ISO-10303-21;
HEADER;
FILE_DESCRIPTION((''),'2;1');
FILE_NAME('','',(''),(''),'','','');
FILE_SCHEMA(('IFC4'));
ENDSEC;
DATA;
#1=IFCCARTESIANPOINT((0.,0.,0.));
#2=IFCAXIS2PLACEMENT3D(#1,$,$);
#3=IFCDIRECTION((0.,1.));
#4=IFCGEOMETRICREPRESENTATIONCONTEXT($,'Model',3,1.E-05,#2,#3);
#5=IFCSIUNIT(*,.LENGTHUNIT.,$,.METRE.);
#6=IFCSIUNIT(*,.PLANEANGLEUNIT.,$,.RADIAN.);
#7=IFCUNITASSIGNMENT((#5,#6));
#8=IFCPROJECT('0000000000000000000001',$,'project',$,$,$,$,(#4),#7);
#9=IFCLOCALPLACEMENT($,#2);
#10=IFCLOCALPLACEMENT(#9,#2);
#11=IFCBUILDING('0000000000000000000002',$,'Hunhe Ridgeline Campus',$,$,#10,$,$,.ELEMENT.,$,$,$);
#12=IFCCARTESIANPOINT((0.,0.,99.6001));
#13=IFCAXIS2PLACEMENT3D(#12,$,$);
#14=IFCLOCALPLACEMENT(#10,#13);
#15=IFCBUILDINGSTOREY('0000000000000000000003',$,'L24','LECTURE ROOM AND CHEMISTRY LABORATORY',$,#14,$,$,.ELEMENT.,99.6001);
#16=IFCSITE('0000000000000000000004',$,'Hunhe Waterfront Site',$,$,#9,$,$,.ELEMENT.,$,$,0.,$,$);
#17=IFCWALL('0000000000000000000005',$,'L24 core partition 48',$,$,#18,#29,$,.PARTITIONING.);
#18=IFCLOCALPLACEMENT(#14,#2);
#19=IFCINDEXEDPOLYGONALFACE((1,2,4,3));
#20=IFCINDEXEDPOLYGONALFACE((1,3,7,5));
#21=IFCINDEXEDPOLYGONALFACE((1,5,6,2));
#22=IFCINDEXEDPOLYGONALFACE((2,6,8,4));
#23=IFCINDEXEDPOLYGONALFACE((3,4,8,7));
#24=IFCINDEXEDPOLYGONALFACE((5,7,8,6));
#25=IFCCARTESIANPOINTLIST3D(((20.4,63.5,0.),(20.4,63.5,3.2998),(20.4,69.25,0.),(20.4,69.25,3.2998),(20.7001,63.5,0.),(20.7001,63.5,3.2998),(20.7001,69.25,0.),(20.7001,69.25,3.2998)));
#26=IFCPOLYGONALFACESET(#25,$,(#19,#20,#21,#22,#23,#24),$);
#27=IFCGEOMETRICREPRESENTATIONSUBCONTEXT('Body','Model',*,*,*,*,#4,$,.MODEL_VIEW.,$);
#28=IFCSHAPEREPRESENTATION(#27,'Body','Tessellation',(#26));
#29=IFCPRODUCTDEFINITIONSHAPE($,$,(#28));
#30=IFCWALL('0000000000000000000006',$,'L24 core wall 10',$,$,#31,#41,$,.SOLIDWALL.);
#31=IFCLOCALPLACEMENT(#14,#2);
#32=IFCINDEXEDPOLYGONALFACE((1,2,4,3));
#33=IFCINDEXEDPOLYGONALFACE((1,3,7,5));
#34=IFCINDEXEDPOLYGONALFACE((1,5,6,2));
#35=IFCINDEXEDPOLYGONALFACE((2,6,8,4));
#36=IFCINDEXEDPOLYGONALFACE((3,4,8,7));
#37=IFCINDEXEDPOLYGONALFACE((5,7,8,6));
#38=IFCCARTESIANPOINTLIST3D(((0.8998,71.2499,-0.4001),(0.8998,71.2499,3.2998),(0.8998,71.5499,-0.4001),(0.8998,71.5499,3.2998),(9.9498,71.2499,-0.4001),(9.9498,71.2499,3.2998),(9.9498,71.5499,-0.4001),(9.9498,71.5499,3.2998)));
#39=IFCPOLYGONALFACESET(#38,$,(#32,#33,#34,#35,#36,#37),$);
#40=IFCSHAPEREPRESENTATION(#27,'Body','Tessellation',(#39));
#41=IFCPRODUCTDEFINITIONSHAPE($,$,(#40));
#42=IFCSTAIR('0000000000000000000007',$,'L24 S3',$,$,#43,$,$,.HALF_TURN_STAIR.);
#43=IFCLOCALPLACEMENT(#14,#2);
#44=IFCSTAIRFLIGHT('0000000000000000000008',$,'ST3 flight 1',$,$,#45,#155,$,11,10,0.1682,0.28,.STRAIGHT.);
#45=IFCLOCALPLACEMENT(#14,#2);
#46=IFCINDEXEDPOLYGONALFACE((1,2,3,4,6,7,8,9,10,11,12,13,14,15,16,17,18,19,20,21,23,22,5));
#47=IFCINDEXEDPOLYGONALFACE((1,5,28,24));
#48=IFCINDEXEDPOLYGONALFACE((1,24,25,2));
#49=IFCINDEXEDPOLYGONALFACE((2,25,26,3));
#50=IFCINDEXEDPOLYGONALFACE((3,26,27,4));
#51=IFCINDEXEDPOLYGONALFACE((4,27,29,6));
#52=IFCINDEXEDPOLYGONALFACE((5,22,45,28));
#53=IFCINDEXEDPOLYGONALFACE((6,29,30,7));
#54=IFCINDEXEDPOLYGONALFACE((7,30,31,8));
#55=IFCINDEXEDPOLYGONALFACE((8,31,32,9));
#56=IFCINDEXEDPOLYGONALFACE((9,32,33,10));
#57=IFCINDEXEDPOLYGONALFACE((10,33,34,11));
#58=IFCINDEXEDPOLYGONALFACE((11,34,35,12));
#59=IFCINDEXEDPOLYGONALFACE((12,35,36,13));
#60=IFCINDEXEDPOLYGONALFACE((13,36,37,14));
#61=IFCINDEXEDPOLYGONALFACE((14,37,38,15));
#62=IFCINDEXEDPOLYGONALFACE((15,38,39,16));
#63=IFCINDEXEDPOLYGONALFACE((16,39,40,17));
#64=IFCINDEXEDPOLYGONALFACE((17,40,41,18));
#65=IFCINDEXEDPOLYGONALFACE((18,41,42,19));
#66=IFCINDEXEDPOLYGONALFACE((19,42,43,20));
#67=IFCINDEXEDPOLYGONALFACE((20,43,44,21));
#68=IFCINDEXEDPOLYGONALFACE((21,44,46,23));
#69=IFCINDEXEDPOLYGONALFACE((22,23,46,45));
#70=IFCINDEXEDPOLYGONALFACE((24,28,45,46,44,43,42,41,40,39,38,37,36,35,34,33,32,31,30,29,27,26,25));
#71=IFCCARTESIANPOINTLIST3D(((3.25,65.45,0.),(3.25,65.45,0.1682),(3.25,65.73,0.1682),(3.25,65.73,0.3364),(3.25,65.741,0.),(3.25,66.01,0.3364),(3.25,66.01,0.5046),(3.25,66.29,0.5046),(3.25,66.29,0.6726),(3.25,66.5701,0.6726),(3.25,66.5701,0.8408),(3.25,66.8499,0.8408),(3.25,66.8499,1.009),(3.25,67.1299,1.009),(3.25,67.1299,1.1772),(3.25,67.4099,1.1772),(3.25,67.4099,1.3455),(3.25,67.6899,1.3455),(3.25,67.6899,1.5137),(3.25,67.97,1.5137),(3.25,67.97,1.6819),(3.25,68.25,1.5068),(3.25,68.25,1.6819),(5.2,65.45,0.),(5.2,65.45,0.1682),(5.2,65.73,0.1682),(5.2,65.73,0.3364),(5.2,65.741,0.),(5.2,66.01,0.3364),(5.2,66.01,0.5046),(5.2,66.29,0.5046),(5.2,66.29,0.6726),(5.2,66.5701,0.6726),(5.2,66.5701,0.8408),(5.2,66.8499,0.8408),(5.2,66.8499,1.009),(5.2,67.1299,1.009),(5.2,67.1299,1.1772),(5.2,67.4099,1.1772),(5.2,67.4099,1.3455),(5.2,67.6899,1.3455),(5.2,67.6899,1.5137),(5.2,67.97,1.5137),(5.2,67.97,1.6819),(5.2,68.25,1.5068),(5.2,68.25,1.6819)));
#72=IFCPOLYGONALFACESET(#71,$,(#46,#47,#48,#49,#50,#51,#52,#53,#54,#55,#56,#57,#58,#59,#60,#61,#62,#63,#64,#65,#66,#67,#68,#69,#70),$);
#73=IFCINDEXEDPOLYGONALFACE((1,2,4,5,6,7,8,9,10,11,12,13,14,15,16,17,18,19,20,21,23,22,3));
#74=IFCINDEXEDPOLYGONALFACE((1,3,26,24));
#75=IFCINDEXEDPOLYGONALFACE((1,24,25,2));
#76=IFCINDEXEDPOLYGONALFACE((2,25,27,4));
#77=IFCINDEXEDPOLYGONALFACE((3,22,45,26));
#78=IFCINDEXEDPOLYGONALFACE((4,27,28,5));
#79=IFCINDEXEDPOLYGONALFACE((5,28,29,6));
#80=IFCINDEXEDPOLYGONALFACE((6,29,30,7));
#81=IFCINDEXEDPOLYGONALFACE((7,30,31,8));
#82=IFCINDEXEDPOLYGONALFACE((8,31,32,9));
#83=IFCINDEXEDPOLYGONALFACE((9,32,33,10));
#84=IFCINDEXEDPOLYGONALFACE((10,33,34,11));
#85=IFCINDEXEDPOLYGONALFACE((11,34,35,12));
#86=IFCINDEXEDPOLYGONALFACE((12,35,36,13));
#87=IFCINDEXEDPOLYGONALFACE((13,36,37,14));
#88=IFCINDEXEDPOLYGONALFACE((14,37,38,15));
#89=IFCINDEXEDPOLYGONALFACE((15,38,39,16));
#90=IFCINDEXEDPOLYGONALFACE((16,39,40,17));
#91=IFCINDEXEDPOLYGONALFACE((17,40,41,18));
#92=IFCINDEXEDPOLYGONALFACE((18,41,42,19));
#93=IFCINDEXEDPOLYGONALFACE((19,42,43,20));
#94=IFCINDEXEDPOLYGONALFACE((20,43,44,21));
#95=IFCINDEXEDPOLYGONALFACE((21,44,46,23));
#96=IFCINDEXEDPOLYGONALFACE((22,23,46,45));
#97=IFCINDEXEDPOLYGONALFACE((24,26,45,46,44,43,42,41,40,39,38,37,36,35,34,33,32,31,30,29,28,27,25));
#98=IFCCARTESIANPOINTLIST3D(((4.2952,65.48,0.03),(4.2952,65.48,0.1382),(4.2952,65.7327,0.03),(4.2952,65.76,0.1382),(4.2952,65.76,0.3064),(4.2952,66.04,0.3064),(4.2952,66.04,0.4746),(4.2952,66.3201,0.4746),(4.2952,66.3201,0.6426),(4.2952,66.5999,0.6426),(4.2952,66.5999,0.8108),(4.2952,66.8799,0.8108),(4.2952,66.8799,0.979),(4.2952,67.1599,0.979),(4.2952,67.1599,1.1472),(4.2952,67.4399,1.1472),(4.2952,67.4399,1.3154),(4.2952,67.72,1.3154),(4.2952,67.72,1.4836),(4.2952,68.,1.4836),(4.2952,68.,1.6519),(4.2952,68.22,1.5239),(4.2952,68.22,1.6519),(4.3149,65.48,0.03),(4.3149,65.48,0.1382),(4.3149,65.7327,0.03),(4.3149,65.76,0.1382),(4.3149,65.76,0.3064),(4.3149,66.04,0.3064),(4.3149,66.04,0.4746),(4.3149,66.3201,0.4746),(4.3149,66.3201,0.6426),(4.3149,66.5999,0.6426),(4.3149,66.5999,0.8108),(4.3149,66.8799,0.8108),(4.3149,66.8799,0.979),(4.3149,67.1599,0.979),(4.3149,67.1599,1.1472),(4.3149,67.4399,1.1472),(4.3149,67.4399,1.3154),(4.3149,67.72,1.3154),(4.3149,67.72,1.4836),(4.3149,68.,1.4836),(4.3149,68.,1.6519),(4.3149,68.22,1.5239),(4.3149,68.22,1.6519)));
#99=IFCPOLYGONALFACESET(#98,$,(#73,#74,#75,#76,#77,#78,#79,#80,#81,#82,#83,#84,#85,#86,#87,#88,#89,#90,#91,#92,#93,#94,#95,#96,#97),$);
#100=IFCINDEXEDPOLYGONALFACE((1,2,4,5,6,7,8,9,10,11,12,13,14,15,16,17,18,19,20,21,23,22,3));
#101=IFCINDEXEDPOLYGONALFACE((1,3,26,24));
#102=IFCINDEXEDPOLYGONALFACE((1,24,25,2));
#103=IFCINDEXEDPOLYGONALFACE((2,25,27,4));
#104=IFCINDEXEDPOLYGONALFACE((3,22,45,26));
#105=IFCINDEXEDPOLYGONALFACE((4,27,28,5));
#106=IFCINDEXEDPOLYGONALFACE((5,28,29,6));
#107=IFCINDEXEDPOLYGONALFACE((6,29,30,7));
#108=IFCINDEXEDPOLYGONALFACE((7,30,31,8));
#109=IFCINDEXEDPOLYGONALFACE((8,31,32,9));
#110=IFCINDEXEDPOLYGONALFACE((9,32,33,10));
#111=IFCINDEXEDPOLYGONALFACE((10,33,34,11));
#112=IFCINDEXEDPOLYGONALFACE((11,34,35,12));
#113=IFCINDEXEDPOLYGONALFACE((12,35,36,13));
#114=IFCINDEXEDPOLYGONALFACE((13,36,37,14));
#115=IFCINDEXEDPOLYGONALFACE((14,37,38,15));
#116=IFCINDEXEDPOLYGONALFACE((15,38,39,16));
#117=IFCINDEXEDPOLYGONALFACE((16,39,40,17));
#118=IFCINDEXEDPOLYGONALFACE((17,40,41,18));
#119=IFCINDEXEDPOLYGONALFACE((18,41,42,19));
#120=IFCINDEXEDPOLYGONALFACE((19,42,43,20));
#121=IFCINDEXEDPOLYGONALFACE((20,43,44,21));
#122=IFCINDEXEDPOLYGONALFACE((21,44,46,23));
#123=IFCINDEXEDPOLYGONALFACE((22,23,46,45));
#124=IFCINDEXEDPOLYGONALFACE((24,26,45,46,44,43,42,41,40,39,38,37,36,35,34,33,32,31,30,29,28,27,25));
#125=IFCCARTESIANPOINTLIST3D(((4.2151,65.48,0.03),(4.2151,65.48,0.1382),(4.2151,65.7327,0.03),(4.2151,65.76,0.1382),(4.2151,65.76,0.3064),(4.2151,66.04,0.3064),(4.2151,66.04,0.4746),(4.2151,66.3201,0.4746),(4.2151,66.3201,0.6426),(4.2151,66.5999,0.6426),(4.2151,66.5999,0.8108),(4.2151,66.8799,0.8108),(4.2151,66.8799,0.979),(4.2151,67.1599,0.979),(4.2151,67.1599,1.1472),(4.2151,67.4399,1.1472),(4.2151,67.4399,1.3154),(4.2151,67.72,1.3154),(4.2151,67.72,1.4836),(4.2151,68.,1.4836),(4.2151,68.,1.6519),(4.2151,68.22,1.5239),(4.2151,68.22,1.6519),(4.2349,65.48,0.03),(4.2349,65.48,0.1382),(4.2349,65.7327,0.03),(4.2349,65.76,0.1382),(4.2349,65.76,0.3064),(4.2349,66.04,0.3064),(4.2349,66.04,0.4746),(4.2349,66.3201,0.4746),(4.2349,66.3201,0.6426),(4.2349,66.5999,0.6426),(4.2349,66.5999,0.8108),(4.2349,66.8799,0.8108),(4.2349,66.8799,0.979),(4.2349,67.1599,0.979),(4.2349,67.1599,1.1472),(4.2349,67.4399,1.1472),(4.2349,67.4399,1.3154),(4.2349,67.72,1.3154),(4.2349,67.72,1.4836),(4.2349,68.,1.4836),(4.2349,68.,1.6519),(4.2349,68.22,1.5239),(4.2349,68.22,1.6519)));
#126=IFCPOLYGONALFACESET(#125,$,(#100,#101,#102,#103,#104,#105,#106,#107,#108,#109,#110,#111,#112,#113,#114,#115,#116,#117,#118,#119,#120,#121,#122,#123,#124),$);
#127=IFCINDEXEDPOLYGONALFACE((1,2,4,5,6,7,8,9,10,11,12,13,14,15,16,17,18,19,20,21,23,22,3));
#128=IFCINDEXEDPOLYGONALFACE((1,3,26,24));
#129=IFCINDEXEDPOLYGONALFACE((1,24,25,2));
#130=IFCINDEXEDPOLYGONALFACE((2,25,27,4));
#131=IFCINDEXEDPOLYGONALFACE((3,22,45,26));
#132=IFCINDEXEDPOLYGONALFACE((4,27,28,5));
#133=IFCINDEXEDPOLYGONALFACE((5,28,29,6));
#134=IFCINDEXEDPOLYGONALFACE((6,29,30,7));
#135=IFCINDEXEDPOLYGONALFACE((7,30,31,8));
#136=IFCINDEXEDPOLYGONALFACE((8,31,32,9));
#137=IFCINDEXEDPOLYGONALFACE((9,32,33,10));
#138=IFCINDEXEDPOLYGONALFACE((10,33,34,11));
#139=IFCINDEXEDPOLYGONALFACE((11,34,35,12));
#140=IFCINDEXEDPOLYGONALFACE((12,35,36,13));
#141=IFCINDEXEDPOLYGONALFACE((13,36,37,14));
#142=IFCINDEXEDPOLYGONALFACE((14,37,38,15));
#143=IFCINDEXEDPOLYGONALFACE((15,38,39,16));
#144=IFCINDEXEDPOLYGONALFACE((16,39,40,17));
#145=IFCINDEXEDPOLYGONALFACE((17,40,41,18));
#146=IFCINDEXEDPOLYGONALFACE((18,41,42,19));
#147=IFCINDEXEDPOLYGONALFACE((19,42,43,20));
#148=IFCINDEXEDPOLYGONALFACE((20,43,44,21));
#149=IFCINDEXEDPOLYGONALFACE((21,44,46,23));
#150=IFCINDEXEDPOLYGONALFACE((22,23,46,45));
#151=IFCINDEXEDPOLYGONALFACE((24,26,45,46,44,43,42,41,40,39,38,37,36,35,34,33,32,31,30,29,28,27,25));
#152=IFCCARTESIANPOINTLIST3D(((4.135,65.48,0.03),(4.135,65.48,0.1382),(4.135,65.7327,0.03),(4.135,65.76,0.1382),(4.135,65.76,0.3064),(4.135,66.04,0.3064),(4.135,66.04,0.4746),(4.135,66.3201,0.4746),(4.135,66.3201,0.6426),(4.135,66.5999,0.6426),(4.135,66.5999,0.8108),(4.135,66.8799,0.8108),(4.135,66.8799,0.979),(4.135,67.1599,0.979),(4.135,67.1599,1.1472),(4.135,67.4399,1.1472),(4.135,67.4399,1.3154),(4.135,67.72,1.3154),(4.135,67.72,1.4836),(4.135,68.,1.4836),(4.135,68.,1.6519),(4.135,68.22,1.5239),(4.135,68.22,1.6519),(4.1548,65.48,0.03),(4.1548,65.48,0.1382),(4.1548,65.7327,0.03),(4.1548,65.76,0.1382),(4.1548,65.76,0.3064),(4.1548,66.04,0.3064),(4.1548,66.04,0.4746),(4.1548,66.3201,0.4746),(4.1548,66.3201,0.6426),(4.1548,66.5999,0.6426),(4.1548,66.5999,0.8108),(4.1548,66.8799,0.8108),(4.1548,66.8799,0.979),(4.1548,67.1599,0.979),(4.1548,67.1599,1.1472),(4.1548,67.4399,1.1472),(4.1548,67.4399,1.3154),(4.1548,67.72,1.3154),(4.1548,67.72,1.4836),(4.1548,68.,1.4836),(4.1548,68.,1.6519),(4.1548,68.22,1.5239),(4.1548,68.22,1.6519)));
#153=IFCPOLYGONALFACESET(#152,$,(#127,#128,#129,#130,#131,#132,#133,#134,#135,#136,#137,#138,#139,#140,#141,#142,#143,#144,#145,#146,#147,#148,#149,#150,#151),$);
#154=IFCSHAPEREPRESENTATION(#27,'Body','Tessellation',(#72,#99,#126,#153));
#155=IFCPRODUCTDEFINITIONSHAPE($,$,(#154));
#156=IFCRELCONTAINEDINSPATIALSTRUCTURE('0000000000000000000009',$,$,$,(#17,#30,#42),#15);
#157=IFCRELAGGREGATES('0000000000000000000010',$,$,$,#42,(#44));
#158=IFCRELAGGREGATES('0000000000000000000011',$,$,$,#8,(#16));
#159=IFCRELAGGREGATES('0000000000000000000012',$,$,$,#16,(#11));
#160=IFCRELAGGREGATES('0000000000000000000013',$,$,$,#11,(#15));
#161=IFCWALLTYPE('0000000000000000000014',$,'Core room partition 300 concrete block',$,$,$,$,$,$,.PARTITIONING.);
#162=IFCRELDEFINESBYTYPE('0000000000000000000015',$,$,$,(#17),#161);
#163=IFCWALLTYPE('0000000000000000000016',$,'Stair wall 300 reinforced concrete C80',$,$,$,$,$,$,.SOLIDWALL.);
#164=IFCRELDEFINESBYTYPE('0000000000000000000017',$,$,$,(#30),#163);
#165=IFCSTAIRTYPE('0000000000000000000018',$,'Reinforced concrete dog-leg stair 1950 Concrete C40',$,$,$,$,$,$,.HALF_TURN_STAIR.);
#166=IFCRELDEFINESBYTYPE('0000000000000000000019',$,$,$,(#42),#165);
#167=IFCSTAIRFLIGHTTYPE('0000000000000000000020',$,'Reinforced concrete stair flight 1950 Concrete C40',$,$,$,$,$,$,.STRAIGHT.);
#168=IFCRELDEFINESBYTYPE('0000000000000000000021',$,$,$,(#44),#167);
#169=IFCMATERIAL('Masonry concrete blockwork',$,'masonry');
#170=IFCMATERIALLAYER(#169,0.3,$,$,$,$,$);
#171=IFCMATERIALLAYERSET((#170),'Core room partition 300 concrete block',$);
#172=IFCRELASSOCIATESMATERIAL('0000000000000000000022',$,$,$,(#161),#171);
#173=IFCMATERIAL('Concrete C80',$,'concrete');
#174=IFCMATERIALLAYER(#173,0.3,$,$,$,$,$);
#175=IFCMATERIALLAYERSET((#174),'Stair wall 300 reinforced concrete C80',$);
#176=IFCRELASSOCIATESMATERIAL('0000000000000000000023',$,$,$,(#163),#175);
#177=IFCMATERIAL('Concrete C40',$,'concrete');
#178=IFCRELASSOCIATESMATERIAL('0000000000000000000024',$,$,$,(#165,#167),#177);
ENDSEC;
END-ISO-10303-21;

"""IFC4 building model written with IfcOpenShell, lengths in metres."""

from ifc_helpers import new_model, si_unit, direction, frame, frame_2d, origin, place, context, subcontext, project, spatial, polyline, rectangle, outline, extrude, material, layer, layer_set, type_object, element, aggregate, save


model = new_model("IFC4")

# Units and contexts
model_context = context("Model", 3, precision=1e-05, world=origin(), true_north=direction((0.0, 1.0)))
body_context = subcontext(model_context, "Body", "Model", "MODEL_VIEW")
ifc_project = project(units=[si_unit("LENGTHUNIT", "METRE"), si_unit("PLANEANGLEUNIT", "RADIAN")], contexts=[model_context])

# Site, building, storey
site_placement = place(None, origin())
site = spatial("IfcSite", under=ifc_project, at=site_placement, Name="Hunhe Waterfront Site", CompositionType="ELEMENT", RefElevation=0.0)
building_placement = place(site_placement, origin())
building = spatial("IfcBuilding", under=site, at=building_placement, Name="Hunhe Ridgeline Campus", CompositionType="ELEMENT")
storey_placement = place(building_placement, frame((0.0, 0.0, 99.6001)))
storey = spatial("IfcBuildingStorey", under=building, at=storey_placement, Name="L24", Description="LECTURE ROOM AND CHEMISTRY LABORATORY", CompositionType="ELEMENT", Elevation=99.6001)

# Shared definitions
ifc_material_1 = material(Name="Masonry concrete blockwork", Category="masonry")
ifc_layer_1 = layer(ifc_material_1, 0.3)
ifc_layer_set_1 = layer_set([ifc_layer_1], Name="Core room partition 300 concrete block")
wall_type_1 = type_object("IfcWallType", Name="Core room partition 300 concrete block", PredefinedType="PARTITIONING", material=ifc_layer_set_1)

# Wall
wall_1_placement = place(storey_placement, frame((20.55, 63.5, 0.0), z_axis=(0.0, 0.0, 1.0), x_axis=(0.0, 1.0, 0.0)))
element("IfcWall", 1, at=wall_1_placement, inside=storey, type_object=wall_type_1, Name="L24 core partition 48", PredefinedType="PARTITIONING", context=body_context, shape_type="SweptSolid", body=[
    extrude(rectangle(XDim=5.75, YDim=0.3, at=frame_2d((2.875, 0.0))), origin(), (0.0, 0.0, 1.0), 3.2998),
])

# Shared definitions
ifc_material_2 = material(Name="Concrete C80", Category="concrete")

# Wall
ifc_layer_2 = layer(ifc_material_2, 0.3)
ifc_layer_set_2 = layer_set([ifc_layer_2], Name="Stair wall 300 reinforced concrete C80")
wall_type_2 = type_object("IfcWallType", Name="Stair wall 300 reinforced concrete C80", PredefinedType="SOLIDWALL", material=ifc_layer_set_2)
wall_2_placement = place(storey_placement, frame((0.8999, 71.3999, -0.4001), z_axis=(0.0, 0.0, 1.0), x_axis=(1.0, 0.0, 0.0)))
element("IfcWall", 2, at=wall_2_placement, inside=storey, type_object=wall_type_2, Name="L24 core wall 10", PredefinedType="SOLIDWALL", context=body_context, shape_type="SweptSolid", body=[
    extrude(rectangle(XDim=9.05, YDim=0.3, at=frame_2d((4.5249, 0.0))), origin(), (0.0, 0.0, 1.0), 3.7),
])

# Stair, stair flight
ifc_material_3 = material(Name="Concrete C40", Category="concrete")
stair_type = type_object("IfcStairType", Name="Reinforced concrete dog-leg stair 1950 Concrete C40", PredefinedType="HALF_TURN_STAIR", material=ifc_material_3)
stair_1_placement = place(storey_placement, origin())
stair_1 = element("IfcStair", 3, at=stair_1_placement, inside=storey, type_object=stair_type, Name="L24 S3", PredefinedType="HALF_TURN_STAIR")
stair_flight_type = type_object("IfcStairFlightType", Name="Reinforced concrete stair flight 1950 Concrete C40", PredefinedType="STRAIGHT", material=ifc_material_3)
stair_flight_1_placement = place(storey_placement, frame((4.2251, 65.45, 0.0), z_axis=(0.0, 0.0, 1.0), x_axis=(0.0, 1.0, 0.0)))
stair_flight_1 = element("IfcStairFlight", 4, at=stair_flight_1_placement, type_object=stair_flight_type, Name="ST3 flight 1", NumberOfRisers=11, NumberOfTreads=10, PredefinedType="STRAIGHT", RiserHeight=0.1682, TreadLength=0.28, context=body_context, shape_type="SweptSolid", body=[
    extrude(outline(polyline([(0.0, 0.0), (0.0, 0.1682), (0.28, 0.1682), (0.28, 0.3364), (0.5601, 0.3364), (0.5601, 0.5046), (0.8401, 0.5046), (0.8401, 0.6726), (1.1201, 0.6726), (1.1201, 0.8408), (1.3999, 0.8408), (1.3999, 1.009), (1.6799, 1.009), (1.6799, 1.1772), (1.96, 1.1772), (1.96, 1.3455), (2.24, 1.3455), (2.24, 1.5137), (2.52, 1.5137), (2.52, 1.6819), (2.8, 1.6819), (2.8, 1.8501), (2.8, 1.5068), (0.291, 0.0), (0.0, 0.0)])), frame((0.0, 0.9751, 0.0), z_axis=(0.0, -1.0, 0.0), x_axis=(1.0, 0.0, 0.0)), (0.0, 0.0, 1.0), 1.95),
    extrude(outline(polyline([(0.03, 0.03), (0.03, 0.1382), (0.3101, 0.1382), (0.3101, 0.3064), (0.5901, 0.3064), (0.5901, 0.4746), (0.8701, 0.4746), (0.8701, 0.6426), (1.1499, 0.6426), (1.1499, 0.8108), (1.4299, 0.8108), (1.4299, 0.979), (1.71, 0.979), (1.71, 1.1472), (1.99, 1.1472), (1.99, 1.3154), (2.27, 1.3154), (2.27, 1.4836), (2.55, 1.4836), (2.55, 1.6519), (2.77, 1.6519), (2.77, 1.5239), (0.2827, 0.03), (0.03, 0.03)])), frame((0.0, -0.0701, 0.0), z_axis=(0.0, -1.0, 0.0), x_axis=(1.0, 0.0, 0.0)), (0.0, 0.0, 1.0), 0.0198),
    extrude(outline(polyline([(0.03, 0.03), (0.03, 0.1382), (0.3101, 0.1382), (0.3101, 0.3064), (0.5901, 0.3064), (0.5901, 0.4746), (0.8701, 0.4746), (0.8701, 0.6426), (1.1499, 0.6426), (1.1499, 0.8108), (1.4299, 0.8108), (1.4299, 0.979), (1.71, 0.979), (1.71, 1.1472), (1.99, 1.1472), (1.99, 1.3154), (2.27, 1.3154), (2.27, 1.4836), (2.55, 1.4836), (2.55, 1.6519), (2.77, 1.6519), (2.77, 1.5239), (0.2827, 0.03), (0.03, 0.03)])), frame((0.0, 0.01, 0.0), z_axis=(0.0, -1.0, 0.0), x_axis=(1.0, 0.0, 0.0)), (0.0, 0.0, 1.0), 0.0198),
    extrude(outline(polyline([(0.03, 0.03), (0.03, 0.1382), (0.3101, 0.1382), (0.3101, 0.3064), (0.5901, 0.3064), (0.5901, 0.4746), (0.8701, 0.4746), (0.8701, 0.6426), (1.1499, 0.6426), (1.1499, 0.8108), (1.4299, 0.8108), (1.4299, 0.979), (1.71, 0.979), (1.71, 1.1472), (1.99, 1.1472), (1.99, 1.3154), (2.27, 1.3154), (2.27, 1.4836), (2.55, 1.4836), (2.55, 1.6519), (2.77, 1.6519), (2.77, 1.5239), (0.2827, 0.03), (0.03, 0.03)])), frame((0.0, 0.0901, 0.0), z_axis=(0.0, -1.0, 0.0), x_axis=(1.0, 0.0, 0.0)), (0.0, 0.0, 1.0), 0.0198),
])
aggregate(stair_1, [stair_flight_1])

save(model, "model.ifc")
